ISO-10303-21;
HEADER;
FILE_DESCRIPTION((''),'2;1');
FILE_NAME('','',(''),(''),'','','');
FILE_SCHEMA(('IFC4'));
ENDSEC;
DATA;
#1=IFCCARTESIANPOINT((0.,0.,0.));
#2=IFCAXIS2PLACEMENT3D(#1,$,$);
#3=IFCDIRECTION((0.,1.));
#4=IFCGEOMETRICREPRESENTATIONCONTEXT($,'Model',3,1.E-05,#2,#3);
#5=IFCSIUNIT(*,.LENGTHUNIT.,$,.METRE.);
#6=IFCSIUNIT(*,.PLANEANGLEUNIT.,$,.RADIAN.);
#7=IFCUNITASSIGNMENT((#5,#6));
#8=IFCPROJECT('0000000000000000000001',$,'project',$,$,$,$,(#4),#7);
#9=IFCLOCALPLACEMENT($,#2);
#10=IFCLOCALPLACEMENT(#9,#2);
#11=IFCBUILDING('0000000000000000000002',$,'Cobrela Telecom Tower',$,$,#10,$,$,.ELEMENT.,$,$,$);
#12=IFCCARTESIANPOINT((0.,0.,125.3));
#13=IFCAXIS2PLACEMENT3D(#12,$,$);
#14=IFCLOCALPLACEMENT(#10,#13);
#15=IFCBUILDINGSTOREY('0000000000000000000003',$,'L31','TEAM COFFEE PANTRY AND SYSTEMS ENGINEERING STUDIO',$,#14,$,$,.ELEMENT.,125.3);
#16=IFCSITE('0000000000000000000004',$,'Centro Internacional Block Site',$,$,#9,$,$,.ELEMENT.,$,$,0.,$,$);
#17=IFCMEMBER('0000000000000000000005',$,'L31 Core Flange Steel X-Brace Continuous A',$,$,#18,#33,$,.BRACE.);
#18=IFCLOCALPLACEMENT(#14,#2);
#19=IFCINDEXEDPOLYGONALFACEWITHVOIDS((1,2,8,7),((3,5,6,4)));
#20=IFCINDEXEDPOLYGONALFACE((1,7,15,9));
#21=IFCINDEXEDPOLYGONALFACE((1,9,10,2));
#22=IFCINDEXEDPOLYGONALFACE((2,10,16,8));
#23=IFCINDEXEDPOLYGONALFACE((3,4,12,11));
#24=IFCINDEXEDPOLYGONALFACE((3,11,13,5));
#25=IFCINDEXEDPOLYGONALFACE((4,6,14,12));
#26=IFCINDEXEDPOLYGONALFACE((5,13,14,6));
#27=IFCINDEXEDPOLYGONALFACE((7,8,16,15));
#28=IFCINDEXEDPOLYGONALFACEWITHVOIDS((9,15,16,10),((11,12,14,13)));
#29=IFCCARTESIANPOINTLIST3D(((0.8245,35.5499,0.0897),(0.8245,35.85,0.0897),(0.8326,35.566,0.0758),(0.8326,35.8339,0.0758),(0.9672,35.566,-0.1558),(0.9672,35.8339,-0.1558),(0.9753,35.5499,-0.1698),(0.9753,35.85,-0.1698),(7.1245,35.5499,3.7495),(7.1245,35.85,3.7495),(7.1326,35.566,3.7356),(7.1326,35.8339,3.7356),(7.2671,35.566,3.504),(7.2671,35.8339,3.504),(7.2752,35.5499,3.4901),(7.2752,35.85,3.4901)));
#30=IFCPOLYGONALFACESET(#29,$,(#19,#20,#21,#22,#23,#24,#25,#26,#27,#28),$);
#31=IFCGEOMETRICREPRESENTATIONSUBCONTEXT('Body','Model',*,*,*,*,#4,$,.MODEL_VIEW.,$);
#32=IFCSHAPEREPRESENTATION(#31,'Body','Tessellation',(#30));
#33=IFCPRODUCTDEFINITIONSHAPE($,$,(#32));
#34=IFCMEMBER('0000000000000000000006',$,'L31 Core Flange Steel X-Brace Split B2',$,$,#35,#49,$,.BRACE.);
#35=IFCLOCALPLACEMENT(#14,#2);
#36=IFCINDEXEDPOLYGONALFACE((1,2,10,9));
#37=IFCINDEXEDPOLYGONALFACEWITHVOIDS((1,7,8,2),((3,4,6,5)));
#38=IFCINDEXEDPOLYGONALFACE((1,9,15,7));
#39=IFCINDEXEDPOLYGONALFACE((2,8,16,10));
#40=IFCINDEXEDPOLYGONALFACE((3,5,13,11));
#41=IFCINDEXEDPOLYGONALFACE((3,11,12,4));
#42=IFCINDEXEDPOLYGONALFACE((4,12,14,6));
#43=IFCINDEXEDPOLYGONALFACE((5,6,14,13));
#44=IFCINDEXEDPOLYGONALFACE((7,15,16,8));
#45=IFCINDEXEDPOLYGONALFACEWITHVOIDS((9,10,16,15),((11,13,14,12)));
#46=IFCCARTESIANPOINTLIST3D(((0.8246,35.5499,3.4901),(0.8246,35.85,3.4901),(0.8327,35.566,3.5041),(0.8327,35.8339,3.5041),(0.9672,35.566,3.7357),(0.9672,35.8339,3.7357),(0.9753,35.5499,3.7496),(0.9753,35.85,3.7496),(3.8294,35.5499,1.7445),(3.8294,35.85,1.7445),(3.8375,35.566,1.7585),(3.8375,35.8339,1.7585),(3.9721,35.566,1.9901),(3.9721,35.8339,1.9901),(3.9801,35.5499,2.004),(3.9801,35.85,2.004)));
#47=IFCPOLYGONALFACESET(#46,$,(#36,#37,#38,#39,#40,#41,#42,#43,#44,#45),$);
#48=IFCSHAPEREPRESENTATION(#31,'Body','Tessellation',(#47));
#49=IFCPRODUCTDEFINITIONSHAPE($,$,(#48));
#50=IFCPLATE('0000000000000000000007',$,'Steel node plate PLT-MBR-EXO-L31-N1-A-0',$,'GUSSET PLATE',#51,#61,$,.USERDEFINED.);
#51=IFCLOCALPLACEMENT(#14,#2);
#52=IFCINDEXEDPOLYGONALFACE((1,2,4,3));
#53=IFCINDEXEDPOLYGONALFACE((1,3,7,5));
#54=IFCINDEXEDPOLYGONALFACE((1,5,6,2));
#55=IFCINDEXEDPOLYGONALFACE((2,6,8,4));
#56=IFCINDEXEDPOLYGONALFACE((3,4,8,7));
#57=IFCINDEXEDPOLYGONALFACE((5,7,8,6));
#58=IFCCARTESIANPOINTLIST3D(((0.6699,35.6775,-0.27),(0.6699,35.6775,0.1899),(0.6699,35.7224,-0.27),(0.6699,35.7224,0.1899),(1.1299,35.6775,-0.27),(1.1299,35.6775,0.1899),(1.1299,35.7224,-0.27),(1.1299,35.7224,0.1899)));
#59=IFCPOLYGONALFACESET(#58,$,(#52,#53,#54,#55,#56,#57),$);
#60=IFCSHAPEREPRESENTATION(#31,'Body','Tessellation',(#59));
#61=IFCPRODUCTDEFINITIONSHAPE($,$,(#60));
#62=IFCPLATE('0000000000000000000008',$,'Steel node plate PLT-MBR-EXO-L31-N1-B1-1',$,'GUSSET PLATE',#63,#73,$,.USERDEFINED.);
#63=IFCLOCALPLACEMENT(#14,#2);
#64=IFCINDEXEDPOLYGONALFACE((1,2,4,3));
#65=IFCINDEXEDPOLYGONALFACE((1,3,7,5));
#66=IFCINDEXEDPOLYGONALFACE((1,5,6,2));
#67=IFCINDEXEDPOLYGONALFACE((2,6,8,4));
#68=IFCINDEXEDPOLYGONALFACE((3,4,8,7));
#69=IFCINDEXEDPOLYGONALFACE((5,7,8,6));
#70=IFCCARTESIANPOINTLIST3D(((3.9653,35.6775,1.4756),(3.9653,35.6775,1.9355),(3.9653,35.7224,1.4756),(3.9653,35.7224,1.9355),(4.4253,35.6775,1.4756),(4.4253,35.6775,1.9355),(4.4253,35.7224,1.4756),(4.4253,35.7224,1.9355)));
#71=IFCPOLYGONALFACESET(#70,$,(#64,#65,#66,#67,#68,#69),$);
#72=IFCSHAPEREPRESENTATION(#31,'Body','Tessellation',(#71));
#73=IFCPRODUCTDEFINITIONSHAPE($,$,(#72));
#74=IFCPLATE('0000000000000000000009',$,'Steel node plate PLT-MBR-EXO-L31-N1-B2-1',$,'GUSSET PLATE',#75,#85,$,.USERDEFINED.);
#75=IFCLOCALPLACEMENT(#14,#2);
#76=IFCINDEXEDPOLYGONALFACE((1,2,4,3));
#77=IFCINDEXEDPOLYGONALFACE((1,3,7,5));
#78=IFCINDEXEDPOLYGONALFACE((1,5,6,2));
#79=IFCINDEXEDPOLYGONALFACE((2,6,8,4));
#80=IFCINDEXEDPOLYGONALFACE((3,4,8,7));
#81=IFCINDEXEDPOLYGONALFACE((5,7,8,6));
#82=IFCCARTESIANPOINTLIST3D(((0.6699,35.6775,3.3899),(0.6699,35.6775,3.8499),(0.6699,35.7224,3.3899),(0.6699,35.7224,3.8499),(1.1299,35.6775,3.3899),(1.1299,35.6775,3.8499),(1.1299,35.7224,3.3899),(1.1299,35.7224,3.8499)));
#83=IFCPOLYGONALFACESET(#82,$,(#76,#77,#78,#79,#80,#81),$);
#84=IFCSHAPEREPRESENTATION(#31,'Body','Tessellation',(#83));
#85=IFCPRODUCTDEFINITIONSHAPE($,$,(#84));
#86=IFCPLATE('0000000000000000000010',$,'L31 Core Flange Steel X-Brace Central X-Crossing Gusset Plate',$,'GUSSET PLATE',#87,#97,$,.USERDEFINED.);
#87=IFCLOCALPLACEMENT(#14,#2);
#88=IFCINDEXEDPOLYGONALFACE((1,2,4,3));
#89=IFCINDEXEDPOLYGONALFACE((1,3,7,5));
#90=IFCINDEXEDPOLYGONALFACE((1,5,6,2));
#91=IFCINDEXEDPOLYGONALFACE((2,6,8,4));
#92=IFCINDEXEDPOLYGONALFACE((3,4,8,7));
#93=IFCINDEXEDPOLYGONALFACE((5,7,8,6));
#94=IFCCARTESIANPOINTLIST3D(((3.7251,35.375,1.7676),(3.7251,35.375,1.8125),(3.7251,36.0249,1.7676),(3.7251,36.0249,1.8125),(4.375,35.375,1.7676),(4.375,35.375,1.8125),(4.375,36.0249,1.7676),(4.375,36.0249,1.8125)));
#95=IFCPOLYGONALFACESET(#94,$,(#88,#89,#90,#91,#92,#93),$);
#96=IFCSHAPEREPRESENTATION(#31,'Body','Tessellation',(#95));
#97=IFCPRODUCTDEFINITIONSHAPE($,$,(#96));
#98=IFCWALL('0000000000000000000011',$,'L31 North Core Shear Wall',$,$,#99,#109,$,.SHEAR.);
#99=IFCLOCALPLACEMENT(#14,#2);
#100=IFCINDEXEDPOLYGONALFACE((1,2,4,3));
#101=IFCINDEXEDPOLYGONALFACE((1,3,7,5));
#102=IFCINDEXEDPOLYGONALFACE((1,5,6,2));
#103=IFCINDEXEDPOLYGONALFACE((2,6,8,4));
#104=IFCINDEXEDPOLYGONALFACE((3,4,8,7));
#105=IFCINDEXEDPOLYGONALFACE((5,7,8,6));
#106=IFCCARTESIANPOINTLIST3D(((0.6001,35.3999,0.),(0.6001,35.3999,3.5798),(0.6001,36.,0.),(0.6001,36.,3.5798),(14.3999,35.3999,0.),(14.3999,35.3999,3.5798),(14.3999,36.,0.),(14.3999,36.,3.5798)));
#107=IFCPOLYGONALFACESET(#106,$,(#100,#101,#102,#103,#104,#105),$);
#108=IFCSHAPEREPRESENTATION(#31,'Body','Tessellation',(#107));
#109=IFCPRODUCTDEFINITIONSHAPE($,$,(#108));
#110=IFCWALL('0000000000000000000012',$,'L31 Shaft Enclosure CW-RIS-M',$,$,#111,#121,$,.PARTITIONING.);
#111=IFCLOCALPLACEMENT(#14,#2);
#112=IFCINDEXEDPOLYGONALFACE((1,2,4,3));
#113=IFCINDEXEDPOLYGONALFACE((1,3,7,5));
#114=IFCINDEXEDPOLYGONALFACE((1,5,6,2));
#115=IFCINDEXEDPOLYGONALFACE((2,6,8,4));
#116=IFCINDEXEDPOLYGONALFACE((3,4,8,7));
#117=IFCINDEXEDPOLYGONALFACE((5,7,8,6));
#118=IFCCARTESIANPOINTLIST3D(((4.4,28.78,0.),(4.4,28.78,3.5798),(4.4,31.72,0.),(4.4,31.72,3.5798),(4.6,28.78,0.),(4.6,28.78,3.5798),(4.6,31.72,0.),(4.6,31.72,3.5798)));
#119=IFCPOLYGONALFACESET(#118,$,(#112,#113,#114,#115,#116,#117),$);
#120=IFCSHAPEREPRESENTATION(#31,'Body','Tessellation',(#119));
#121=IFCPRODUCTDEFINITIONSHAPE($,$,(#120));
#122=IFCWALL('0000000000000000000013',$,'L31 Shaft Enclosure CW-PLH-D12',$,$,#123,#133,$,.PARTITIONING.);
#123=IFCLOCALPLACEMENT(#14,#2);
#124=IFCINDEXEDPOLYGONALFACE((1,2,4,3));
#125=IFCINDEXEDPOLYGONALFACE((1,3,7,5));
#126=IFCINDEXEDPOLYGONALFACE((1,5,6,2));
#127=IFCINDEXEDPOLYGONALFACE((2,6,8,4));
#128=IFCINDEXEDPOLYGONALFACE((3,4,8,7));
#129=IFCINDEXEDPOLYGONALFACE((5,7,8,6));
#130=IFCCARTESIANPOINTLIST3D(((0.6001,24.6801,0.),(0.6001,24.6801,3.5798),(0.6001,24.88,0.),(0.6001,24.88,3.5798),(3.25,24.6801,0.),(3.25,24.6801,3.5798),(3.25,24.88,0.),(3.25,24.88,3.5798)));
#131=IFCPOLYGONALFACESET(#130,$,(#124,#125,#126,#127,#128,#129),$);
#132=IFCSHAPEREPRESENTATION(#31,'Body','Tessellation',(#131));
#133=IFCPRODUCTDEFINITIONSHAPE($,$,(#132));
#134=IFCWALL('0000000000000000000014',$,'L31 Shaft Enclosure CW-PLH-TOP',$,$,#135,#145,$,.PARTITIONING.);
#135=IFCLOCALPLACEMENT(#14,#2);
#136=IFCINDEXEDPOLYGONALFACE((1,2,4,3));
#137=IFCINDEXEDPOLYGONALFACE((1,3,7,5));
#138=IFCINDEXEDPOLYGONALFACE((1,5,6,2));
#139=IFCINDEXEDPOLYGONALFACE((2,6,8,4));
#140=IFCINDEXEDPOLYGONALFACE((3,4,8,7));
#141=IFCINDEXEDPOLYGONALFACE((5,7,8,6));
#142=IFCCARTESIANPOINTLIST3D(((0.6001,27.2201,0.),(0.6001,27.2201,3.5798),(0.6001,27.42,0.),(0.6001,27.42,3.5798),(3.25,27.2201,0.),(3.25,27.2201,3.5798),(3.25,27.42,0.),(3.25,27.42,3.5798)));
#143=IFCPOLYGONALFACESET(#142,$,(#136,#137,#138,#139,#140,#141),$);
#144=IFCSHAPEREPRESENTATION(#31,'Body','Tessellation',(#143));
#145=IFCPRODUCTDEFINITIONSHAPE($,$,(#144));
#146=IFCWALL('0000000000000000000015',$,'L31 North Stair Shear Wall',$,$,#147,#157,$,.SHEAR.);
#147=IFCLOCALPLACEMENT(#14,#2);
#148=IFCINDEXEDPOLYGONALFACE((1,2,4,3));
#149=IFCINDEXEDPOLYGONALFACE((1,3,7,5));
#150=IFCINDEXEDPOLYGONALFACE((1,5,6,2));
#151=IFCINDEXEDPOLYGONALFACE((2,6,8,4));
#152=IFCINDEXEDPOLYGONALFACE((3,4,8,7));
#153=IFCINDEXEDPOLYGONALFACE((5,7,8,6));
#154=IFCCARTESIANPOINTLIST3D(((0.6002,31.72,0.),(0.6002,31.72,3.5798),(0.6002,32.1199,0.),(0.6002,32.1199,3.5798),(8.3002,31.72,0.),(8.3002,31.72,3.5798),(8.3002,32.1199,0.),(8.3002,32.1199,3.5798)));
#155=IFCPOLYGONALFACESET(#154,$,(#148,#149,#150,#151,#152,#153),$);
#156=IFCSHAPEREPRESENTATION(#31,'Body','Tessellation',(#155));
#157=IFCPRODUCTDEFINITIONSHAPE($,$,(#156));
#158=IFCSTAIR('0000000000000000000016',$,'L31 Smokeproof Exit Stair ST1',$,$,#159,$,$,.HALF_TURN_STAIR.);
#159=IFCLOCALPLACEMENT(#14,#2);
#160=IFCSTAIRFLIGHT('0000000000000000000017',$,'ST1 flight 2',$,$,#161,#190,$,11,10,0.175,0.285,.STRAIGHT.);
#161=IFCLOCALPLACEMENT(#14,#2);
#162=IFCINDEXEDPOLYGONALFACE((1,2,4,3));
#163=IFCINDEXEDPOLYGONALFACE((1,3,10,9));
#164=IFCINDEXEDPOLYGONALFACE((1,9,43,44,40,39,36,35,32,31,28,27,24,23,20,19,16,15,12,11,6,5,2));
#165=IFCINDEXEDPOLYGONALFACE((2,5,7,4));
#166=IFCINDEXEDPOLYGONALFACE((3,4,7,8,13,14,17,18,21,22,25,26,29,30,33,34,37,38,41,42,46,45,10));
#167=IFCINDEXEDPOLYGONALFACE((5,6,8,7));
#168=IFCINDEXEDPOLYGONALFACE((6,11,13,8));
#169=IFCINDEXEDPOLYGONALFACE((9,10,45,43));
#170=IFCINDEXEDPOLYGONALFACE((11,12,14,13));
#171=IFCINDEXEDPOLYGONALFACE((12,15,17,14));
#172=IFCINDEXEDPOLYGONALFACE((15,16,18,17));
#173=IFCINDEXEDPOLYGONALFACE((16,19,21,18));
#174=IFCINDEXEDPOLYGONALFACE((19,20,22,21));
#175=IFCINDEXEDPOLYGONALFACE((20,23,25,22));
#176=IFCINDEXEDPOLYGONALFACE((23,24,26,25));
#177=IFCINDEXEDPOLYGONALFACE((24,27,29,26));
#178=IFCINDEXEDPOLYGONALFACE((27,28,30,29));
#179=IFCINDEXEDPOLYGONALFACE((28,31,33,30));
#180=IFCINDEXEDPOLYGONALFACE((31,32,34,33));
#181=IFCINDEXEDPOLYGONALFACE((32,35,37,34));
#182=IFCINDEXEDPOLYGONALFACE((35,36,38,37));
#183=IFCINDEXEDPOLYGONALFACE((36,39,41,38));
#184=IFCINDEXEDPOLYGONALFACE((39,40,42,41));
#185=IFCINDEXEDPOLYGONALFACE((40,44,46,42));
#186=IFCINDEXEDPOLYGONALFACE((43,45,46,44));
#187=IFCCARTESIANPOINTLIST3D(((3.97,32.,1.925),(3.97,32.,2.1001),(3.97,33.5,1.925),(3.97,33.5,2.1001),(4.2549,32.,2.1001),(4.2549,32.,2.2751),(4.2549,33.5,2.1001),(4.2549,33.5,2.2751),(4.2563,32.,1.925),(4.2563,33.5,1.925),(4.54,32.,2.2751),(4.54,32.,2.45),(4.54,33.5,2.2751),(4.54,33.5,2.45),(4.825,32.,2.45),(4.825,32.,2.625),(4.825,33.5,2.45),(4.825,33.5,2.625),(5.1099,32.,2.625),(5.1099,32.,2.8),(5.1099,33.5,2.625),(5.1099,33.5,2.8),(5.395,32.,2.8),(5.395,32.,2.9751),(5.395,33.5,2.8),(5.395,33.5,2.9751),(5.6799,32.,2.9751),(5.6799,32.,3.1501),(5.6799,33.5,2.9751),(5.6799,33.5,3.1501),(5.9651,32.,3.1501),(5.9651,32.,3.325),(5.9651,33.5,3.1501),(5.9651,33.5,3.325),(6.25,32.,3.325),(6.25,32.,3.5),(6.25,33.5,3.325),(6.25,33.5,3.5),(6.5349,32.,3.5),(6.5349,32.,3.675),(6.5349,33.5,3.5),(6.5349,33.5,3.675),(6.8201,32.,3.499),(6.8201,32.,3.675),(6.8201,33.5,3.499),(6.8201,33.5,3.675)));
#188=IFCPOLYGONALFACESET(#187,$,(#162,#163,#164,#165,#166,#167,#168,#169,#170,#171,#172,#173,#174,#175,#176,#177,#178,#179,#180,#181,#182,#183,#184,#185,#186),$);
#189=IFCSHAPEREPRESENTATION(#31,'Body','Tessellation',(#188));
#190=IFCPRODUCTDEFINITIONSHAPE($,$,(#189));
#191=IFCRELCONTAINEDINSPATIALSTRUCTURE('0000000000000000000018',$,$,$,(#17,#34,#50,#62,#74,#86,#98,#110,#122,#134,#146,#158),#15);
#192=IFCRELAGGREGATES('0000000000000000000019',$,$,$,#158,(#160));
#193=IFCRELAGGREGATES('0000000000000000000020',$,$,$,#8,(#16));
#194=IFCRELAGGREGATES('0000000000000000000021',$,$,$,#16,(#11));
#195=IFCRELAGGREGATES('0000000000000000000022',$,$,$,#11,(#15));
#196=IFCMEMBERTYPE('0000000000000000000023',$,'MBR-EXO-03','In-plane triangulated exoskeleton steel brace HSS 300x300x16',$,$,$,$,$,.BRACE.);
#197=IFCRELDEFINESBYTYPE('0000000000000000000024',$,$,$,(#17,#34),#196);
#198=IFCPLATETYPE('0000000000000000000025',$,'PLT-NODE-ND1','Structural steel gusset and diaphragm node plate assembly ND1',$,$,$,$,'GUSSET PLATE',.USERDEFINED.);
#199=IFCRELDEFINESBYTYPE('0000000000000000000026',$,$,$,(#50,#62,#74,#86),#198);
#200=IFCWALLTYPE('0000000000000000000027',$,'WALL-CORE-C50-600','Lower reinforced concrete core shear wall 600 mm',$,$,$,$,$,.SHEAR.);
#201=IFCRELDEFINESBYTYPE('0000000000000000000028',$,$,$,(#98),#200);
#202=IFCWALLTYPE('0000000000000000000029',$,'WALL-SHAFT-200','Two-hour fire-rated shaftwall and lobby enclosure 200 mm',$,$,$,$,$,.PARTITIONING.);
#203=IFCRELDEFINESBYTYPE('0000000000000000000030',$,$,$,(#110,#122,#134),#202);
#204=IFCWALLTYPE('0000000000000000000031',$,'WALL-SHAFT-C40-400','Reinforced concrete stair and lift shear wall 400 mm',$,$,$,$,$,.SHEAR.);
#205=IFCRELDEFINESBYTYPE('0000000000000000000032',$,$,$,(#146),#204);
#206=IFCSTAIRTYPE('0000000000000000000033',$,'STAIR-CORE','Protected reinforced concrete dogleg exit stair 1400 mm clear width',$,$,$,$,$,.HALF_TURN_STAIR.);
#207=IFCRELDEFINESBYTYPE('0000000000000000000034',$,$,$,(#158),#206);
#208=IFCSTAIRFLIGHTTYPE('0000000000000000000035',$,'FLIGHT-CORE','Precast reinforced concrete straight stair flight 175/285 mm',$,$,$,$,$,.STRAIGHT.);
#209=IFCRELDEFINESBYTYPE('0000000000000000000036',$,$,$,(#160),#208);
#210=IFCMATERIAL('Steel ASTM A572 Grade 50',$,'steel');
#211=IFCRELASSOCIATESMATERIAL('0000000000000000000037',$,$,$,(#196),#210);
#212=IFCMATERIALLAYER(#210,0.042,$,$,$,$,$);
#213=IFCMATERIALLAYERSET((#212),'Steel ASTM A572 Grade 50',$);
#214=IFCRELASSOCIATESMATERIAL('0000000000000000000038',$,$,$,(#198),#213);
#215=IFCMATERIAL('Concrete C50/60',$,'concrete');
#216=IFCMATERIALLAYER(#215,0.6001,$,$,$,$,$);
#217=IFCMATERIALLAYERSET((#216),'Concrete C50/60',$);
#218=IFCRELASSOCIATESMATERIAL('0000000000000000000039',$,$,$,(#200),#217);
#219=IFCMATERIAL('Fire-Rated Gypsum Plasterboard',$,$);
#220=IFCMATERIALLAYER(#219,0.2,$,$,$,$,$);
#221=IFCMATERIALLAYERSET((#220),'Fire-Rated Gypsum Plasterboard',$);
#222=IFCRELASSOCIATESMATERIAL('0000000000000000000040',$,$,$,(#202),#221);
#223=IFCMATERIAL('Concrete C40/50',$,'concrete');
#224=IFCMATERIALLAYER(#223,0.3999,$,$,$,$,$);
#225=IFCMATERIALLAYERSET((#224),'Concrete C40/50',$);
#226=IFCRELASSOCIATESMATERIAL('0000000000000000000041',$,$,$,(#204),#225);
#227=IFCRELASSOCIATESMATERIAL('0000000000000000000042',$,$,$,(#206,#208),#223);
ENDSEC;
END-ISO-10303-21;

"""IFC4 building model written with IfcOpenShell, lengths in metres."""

from ifc_helpers import new_model, si_unit, direction, frame, frame_2d, origin, origin_2d, place, context, subcontext, project, spatial, polyline, rectangle, hollow_rectangle, outline, extrude, material, layer, layer_set, material_profile, profile_set, type_object, element, aggregate, save


model = new_model("IFC4")

# Units and contexts
model_context = context("Model", 3, precision=1e-05, world=origin(), true_north=direction((0.0, 1.0)))
body_context = subcontext(model_context, "Body", "Model", "MODEL_VIEW")
ifc_project = project(units=[si_unit("LENGTHUNIT", "METRE"), si_unit("PLANEANGLEUNIT", "RADIAN")], contexts=[model_context])

# Site, building, storey
site_placement = place(None, origin())
site = spatial("IfcSite", under=ifc_project, at=site_placement, Name="Centro Internacional Block Site", CompositionType="ELEMENT", RefElevation=0.0)
building_placement = place(site_placement, origin())
building = spatial("IfcBuilding", under=site, at=building_placement, Name="Cobrela Telecom Tower", CompositionType="ELEMENT")
storey_placement = place(building_placement, frame((0.0, 0.0, 125.3)))
storey = spatial("IfcBuildingStorey", under=building, at=storey_placement, Name="L31", Description="TEAM COFFEE PANTRY AND SYSTEMS ENGINEERING STUDIO", CompositionType="ELEMENT", Elevation=125.3)

# Members
ifc_material_1 = material(Name="Steel ASTM A572 Grade 50", Category="steel")
ifc_material_profile = material_profile(ifc_material_1, hollow_rectangle(XDim=0.3, YDim=0.3, WallThickness=0.0161, at=origin_2d()), Name="HSS 300x300x16")
ifc_profile_set = profile_set([ifc_material_profile], Name="Steel ASTM A572 Grade 50")
member_type = type_object("IfcMemberType", Name="MBR-EXO-03", Description="In-plane triangulated exoskeleton steel brace HSS 300x300x16", PredefinedType="BRACE", material=ifc_profile_set)
member_1_placement = place(storey_placement, frame((0.8999, 35.7, -0.04), z_axis=(0.864681, 0.0, 0.502322), x_axis=(0.0, 1.0, 0.0)))
element("IfcMember", 1, at=member_1_placement, inside=storey, type_object=member_type, Name="L31 Core Flange Steel X-Brace Continuous A", PredefinedType="BRACE", context=body_context, shape_type="SweptSolid", body=[
    extrude(hollow_rectangle(XDim=0.3, YDim=0.3, WallThickness=0.0161, at=origin_2d()), origin(), (0.0, 0.0, 1.0), 7.2859),
])
member_2_placement = place(storey_placement, frame((3.9048, 35.7, 1.8743), z_axis=(-0.864685, 0.0, 0.502315), x_axis=(0.0, -1.0, 0.0)))
element("IfcMember", 2, at=member_2_placement, inside=storey, type_object=member_type, Name="L31 Core Flange Steel X-Brace Split B2", PredefinedType="BRACE", context=body_context, shape_type="SweptSolid", body=[
    extrude(hollow_rectangle(XDim=0.3, YDim=0.3, WallThickness=0.0161, at=origin_2d()), origin(), (0.0, 0.0, 1.0), 3.4751),
])

# Plates
ifc_layer_1 = layer(ifc_material_1, 0.042)
ifc_layer_set_1 = layer_set([ifc_layer_1], Name="Steel ASTM A572 Grade 50")
plate_type = type_object("IfcPlateType", Name="PLT-NODE-ND1", Description="Structural steel gusset and diaphragm node plate assembly ND1", ElementType="GUSSET PLATE", PredefinedType="USERDEFINED", material=ifc_layer_set_1)
for number, where, z_axis, x_axis, name in (
    (3, (0.8999, 35.7, -0.27), (0.0, 0.0, 1.0), (1.0, 0.0, 0.0), "Steel node plate PLT-MBR-EXO-L31-N1-A-0"),
    (4, (4.1953, 35.7, 1.4756), (0.0, 0.0, 1.0), (-1.0, 0.0, 0.0), "Steel node plate PLT-MBR-EXO-L31-N1-B1-1"),
    (5, (0.8999, 35.7, 3.3899), (0.0, 0.0, 1.0), (-1.0, 0.0, 0.0), "Steel node plate PLT-MBR-EXO-L31-N1-B2-1"),
):
    element("IfcPlate", number, at=place(storey_placement, frame(where, z_axis=z_axis, x_axis=x_axis)), inside=storey, type_object=plate_type, Name=name, ObjectType="GUSSET PLATE", PredefinedType="USERDEFINED", context=body_context, shape_type="SweptSolid", body=[
        extrude(rectangle(XDim=0.46, YDim=0.0449, at=origin_2d()), origin(), (0.0, 0.0, 1.0), 0.46),
    ])
plate_placement = place(storey_placement, frame((4.05, 35.7, 1.7676), z_axis=(0.0, 0.0, 1.0), x_axis=(1.0, 0.0, 0.0)))
element("IfcPlate", 6, at=plate_placement, inside=storey, type_object=plate_type, Name="L31 Core Flange Steel X-Brace Central X-Crossing Gusset Plate", ObjectType="GUSSET PLATE", PredefinedType="USERDEFINED", context=body_context, shape_type="SweptSolid", body=[
    extrude(rectangle(XDim=0.6499, YDim=0.6499, at=origin_2d()), origin(), (0.0, 0.0, 1.0), 0.0449),
])

# Wall
ifc_material_2 = material(Name="Concrete C50/60", Category="concrete")
ifc_layer_2 = layer(ifc_material_2, 0.6001)
ifc_layer_set_2 = layer_set([ifc_layer_2], Name="Concrete C50/60")
wall_type_1 = type_object("IfcWallType", Name="WALL-CORE-C50-600", Description="Lower reinforced concrete core shear wall 600 mm", PredefinedType="SHEAR", material=ifc_layer_set_2)
wall_1_placement = place(storey_placement, frame((0.6001, 35.7, 0.0), z_axis=(0.0, 0.0, 1.0), x_axis=(1.0, 0.0, 0.0)))
element("IfcWall", 7, at=wall_1_placement, inside=storey, type_object=wall_type_1, Name="L31 North Core Shear Wall", PredefinedType="SHEAR", context=body_context, shape_type="SweptSolid", body=[
    extrude(rectangle(XDim=13.7998, YDim=0.6001, at=frame_2d((6.8999, 0.0))), origin(), (0.0, 0.0, 1.0), 3.5798),
])

# Shared definitions
ifc_material_3 = material(Name="Fire-Rated Gypsum Plasterboard")
ifc_layer_3 = layer(ifc_material_3, 0.2)
ifc_layer_set_3 = layer_set([ifc_layer_3], Name="Fire-Rated Gypsum Plasterboard")
wall_type_2 = type_object("IfcWallType", Name="WALL-SHAFT-200", Description="Two-hour fire-rated shaftwall and lobby enclosure 200 mm", PredefinedType="PARTITIONING", material=ifc_layer_set_3)

# Walls
wall_2_placement = place(storey_placement, frame((4.5, 28.78, 0.0), z_axis=(0.0, 0.0, 1.0), x_axis=(0.0, 1.0, 0.0)))
element("IfcWall", 8, at=wall_2_placement, inside=storey, type_object=wall_type_2, Name="L31 Shaft Enclosure CW-RIS-M", PredefinedType="PARTITIONING", context=body_context, shape_type="SweptSolid", body=[
    extrude(rectangle(XDim=2.9399, YDim=0.2, at=frame_2d((1.47, 0.0))), origin(), (0.0, 0.0, 1.0), 3.5798),
])
for number, where, z_axis, x_axis, name in (
    (9, (0.6001, 24.78, 0.0), (0.0, 0.0, 1.0), (1.0, 0.0, 0.0), "L31 Shaft Enclosure CW-PLH-D12"),
    (10, (0.6001, 27.3201, 0.0), (0.0, 0.0, 1.0), (1.0, 0.0, 0.0), "L31 Shaft Enclosure CW-PLH-TOP"),
):
    element("IfcWall", number, at=place(storey_placement, frame(where, z_axis=z_axis, x_axis=x_axis)), inside=storey, type_object=wall_type_2, Name=name, PredefinedType="PARTITIONING", context=body_context, shape_type="SweptSolid", body=[
        extrude(rectangle(XDim=2.6499, YDim=0.2, at=frame_2d((1.325, 0.0))), origin(), (0.0, 0.0, 1.0), 3.5798),
    ])
ifc_material_4 = material(Name="Concrete C40/50", Category="concrete")
ifc_layer_4 = layer(ifc_material_4, 0.3999)
ifc_layer_set_4 = layer_set([ifc_layer_4], Name="Concrete C40/50")
wall_type_3 = type_object("IfcWallType", Name="WALL-SHAFT-C40-400", Description="Reinforced concrete stair and lift shear wall 400 mm", PredefinedType="SHEAR", material=ifc_layer_set_4)
wall_3_placement = place(storey_placement, frame((0.6001, 31.9199, 0.0), z_axis=(0.0, 0.0, 1.0), x_axis=(1.0, 0.0, 0.0)))
element("IfcWall", 11, at=wall_3_placement, inside=storey, type_object=wall_type_3, Name="L31 North Stair Shear Wall", PredefinedType="SHEAR", context=body_context, shape_type="SweptSolid", body=[
    extrude(rectangle(XDim=7.7, YDim=0.3999, at=frame_2d((3.8501, 0.0))), origin(), (0.0, 0.0, 1.0), 3.5798),
])

# Stair, stair flight
stair_type = type_object("IfcStairType", Name="STAIR-CORE", Description="Protected reinforced concrete dogleg exit stair 1400 mm clear width", PredefinedType="HALF_TURN_STAIR", material=ifc_material_4)
stair_placement = place(storey_placement, origin())
stair = element("IfcStair", 12, at=stair_placement, inside=storey, type_object=stair_type, Name="L31 Smokeproof Exit Stair ST1", PredefinedType="HALF_TURN_STAIR")
stair_flight_type = type_object("IfcStairFlightType", Name="FLIGHT-CORE", Description="Precast reinforced concrete straight stair flight 175/285 mm", PredefinedType="STRAIGHT", material=ifc_material_4)
stair_flight_placement = place(storey_placement, frame((3.97, 32.75, 1.925), z_axis=(0.0, 0.0, 1.0), x_axis=(1.0, 0.0, 0.0)))
stair_flight = element("IfcStairFlight", 13, at=stair_flight_placement, type_object=stair_flight_type, Name="ST1 flight 2", NumberOfRisers=11, NumberOfTreads=10, PredefinedType="STRAIGHT", RiserHeight=0.175, TreadLength=0.285, context=body_context, shape_type="SweptSolid", body=[
    extrude(outline(polyline([(0.0, 0.0), (0.0, 0.175), (0.2849, 0.175), (0.2849, 0.3501), (0.5701, 0.3501), (0.5701, 0.5249), (0.855, 0.5249), (0.855, 0.7), (1.1399, 0.7), (1.1399, 0.875), (1.425, 0.875), (1.425, 1.05), (1.71, 1.05), (1.71, 1.2251), (1.9951, 1.2251), (1.9951, 1.3999), (2.28, 1.3999), (2.28, 1.575), (2.5649, 1.575), (2.5649, 1.75), (2.8501, 1.75), (2.8501, 1.925), (2.8501, 1.574), (0.2864, 0.0), (0.0, 0.0)])), frame((0.0, 0.75, 0.0), z_axis=(0.0, -1.0, 0.0), x_axis=(1.0, 0.0, 0.0)), (0.0, 0.0, 1.0), 1.5),
])
aggregate(stair, [stair_flight])

save(model, "model.ifc")
